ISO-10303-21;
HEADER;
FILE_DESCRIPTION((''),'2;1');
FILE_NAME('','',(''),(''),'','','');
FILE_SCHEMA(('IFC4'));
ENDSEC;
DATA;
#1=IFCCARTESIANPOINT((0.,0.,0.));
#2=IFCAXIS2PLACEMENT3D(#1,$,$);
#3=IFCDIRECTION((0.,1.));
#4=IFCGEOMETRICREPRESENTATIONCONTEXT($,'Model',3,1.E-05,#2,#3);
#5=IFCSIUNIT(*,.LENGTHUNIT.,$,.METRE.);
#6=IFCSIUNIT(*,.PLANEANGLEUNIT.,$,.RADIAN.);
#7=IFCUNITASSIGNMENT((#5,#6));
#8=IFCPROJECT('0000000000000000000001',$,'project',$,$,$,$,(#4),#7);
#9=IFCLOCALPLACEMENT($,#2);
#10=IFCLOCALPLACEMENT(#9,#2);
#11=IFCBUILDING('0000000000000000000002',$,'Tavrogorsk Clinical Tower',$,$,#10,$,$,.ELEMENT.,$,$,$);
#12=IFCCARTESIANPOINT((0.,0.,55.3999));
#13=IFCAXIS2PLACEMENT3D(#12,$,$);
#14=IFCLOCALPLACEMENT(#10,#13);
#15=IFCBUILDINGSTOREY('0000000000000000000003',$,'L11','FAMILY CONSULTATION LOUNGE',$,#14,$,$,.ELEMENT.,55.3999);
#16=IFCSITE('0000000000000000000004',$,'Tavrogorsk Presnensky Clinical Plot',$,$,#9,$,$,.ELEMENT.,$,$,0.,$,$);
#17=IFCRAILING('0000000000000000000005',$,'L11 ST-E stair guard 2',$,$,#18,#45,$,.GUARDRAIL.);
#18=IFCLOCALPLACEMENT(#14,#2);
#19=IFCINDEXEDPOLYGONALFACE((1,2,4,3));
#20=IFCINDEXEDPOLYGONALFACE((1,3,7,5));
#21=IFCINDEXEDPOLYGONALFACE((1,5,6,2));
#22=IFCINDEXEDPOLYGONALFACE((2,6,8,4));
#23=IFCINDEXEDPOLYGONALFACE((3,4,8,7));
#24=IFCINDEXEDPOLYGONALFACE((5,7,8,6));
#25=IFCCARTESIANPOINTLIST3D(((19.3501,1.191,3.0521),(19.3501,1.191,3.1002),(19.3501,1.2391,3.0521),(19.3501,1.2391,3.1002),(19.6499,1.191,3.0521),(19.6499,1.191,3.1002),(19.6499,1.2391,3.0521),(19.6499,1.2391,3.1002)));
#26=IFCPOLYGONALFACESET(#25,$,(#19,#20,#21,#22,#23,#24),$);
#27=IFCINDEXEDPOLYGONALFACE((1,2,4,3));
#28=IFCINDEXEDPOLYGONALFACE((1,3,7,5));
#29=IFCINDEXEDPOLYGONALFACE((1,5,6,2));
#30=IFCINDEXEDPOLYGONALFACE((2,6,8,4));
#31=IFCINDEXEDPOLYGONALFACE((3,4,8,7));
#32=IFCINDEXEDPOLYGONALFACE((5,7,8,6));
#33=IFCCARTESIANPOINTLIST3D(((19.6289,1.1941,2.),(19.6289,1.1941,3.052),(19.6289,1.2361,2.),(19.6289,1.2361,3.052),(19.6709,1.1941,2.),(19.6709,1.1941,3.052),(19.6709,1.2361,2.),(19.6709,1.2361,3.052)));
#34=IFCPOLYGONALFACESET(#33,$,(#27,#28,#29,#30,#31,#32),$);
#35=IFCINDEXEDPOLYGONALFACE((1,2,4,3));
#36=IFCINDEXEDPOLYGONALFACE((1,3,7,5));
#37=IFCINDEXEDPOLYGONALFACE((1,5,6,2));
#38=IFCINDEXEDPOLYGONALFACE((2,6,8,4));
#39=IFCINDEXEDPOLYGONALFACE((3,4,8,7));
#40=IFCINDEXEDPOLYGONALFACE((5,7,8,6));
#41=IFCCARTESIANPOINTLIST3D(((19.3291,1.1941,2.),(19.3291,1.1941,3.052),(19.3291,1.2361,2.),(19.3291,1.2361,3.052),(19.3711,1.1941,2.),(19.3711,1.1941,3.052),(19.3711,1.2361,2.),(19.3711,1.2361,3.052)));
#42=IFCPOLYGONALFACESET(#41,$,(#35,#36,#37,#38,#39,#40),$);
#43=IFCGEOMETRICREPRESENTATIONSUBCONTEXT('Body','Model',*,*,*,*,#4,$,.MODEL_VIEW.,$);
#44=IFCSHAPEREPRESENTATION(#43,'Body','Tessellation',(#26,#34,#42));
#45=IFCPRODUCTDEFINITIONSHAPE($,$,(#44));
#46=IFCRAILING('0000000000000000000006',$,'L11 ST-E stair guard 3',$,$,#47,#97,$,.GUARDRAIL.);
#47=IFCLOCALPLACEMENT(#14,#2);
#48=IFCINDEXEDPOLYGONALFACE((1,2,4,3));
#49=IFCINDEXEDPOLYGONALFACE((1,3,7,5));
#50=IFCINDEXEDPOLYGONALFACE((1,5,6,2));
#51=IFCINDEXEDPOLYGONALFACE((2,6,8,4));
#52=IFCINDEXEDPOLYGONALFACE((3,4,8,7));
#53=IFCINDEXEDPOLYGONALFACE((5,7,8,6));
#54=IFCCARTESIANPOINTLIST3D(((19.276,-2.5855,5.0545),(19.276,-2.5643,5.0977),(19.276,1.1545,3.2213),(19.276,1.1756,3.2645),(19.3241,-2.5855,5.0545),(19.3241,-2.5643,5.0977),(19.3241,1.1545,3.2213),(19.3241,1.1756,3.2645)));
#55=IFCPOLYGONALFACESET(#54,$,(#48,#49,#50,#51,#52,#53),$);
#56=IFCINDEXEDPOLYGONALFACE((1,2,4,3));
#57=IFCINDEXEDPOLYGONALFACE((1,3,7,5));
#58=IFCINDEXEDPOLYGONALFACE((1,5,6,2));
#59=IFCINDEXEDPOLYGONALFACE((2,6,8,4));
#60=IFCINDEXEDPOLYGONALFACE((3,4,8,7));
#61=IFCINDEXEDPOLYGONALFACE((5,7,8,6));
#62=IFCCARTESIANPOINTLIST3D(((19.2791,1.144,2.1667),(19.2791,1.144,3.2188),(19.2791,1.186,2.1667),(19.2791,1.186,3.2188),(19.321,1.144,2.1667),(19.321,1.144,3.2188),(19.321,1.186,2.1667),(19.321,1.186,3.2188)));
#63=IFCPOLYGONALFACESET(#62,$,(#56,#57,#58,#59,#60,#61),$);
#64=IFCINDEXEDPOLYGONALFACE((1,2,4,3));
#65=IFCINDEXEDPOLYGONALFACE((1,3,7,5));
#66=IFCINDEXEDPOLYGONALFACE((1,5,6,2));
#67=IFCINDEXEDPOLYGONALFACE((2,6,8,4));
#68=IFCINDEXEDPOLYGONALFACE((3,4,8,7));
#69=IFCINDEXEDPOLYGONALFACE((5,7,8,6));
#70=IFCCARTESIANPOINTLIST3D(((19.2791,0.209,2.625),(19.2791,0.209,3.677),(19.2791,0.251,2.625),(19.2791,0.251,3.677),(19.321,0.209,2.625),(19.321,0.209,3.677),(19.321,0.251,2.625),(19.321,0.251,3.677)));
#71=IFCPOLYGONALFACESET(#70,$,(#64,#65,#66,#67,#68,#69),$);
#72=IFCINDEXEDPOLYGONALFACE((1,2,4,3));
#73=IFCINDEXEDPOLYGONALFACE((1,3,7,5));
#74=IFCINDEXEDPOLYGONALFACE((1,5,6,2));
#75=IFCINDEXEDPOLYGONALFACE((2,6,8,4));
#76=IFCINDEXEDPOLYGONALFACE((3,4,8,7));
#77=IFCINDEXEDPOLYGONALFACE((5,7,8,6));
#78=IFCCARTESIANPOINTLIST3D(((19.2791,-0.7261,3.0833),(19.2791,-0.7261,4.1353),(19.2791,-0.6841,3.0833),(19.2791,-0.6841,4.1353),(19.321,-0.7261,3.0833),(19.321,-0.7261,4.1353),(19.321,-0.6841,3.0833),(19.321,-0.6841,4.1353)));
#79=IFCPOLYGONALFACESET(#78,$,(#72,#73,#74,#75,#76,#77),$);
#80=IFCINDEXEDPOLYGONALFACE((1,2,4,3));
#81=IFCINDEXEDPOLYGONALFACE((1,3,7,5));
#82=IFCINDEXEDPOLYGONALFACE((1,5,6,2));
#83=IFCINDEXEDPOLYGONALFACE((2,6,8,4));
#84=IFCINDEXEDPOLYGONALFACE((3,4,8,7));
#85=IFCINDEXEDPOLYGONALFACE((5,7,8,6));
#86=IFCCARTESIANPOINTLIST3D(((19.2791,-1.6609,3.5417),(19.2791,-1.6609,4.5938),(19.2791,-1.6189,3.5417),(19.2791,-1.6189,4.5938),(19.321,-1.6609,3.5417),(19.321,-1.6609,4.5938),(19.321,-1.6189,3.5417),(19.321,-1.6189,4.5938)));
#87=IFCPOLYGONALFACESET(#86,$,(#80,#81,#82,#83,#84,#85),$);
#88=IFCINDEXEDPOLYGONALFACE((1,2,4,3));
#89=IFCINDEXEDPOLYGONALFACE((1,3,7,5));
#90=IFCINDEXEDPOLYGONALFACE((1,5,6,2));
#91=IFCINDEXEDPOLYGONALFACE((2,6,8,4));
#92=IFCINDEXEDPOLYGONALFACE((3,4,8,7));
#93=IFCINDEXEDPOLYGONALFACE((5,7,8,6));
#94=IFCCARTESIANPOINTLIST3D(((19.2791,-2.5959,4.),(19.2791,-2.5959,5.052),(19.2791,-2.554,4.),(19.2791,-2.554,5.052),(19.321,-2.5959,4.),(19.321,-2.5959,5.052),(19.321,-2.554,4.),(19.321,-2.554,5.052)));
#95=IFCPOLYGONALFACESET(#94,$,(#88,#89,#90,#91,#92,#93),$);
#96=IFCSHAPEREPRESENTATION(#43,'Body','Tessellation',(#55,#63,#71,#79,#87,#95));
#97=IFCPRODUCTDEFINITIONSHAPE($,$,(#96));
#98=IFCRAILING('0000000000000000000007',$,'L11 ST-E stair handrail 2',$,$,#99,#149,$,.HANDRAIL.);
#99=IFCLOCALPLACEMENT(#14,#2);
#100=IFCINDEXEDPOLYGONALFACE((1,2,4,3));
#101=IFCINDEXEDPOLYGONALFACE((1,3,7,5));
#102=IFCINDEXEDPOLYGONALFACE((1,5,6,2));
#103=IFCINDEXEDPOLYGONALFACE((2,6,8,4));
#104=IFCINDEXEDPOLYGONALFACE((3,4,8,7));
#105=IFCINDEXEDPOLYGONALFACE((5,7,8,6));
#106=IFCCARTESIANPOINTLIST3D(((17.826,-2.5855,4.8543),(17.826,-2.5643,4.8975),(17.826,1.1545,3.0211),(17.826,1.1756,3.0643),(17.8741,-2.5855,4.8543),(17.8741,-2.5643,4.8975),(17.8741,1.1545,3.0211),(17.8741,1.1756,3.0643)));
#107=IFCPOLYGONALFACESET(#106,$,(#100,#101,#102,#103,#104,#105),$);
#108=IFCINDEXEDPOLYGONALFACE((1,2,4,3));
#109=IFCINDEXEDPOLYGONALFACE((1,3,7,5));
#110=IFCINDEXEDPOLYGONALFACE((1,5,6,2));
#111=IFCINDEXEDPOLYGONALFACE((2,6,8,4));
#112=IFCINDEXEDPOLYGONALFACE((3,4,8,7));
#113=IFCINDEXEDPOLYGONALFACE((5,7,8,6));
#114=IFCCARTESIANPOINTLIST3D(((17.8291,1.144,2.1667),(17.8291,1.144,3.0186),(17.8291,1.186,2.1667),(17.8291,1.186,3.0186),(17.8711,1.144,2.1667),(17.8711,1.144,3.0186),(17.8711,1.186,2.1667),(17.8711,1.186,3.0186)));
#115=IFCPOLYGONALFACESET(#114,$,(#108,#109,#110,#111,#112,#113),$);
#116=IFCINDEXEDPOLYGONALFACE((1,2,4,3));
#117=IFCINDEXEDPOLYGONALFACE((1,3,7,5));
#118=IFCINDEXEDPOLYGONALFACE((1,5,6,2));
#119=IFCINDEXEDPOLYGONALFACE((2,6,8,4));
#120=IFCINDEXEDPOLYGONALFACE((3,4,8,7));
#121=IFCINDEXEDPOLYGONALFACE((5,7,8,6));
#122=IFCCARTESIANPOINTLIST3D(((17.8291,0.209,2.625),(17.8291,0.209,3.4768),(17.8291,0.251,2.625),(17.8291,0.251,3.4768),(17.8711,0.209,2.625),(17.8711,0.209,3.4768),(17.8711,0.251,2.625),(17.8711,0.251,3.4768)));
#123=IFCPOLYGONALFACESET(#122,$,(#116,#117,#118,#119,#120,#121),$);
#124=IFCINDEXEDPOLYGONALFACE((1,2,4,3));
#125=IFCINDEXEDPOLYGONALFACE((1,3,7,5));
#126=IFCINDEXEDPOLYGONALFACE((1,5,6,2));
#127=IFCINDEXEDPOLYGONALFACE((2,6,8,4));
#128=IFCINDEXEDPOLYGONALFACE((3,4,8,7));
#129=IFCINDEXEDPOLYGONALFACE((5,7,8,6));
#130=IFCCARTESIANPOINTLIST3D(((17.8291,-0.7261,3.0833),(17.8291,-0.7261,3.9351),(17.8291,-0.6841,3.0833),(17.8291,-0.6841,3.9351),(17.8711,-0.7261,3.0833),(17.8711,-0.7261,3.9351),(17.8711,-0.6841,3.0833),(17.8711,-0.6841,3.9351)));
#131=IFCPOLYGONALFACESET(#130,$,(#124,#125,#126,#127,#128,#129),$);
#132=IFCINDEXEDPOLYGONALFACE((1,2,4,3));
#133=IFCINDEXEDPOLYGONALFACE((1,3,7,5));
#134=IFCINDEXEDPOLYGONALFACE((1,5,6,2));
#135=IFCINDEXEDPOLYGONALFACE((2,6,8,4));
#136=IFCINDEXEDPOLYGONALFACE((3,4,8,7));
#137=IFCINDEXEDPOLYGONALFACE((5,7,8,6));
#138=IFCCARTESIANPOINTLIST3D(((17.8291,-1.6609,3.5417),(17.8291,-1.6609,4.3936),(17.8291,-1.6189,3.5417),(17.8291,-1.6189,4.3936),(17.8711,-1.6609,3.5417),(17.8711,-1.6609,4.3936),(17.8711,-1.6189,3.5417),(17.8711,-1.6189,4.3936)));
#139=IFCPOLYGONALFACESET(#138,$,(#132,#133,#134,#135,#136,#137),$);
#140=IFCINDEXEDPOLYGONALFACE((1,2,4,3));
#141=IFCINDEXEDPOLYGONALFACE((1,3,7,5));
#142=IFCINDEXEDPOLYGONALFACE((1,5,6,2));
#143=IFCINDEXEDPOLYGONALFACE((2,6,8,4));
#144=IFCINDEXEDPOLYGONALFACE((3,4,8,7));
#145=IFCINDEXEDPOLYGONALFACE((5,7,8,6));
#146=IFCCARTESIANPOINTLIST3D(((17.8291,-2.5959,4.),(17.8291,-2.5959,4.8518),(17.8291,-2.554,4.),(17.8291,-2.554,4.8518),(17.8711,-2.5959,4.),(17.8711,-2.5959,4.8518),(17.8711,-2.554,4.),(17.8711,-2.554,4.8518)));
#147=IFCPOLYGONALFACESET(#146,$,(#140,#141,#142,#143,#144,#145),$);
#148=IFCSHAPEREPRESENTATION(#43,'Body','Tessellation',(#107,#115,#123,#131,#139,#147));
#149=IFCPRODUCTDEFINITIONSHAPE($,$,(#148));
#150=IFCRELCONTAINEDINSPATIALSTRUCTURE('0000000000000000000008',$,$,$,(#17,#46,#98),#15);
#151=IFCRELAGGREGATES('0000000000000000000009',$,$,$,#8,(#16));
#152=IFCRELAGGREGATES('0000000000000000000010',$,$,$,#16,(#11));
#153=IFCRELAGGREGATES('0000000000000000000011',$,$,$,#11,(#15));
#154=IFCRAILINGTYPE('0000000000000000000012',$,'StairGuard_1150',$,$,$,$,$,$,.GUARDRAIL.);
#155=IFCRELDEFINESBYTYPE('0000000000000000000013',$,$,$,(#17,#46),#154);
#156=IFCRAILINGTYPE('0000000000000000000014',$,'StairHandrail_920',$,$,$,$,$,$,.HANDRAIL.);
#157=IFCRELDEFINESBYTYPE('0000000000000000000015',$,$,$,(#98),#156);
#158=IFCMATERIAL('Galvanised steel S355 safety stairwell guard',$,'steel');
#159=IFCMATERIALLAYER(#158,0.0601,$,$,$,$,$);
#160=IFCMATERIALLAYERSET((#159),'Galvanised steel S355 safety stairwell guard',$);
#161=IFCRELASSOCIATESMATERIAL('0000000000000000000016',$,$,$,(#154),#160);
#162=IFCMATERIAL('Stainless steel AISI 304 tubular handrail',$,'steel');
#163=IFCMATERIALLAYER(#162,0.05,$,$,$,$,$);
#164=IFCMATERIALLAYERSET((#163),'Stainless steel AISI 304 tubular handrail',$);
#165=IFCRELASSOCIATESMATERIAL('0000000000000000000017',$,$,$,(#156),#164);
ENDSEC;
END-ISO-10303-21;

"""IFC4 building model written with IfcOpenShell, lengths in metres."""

from ifc_helpers import new_model, si_unit, direction, frame, origin, origin_2d, place, context, subcontext, project, spatial, rectangle, extrude, material, layer, layer_set, type_object, element, save


model = new_model("IFC4")

# Units and contexts
model_context = context("Model", 3, precision=1e-05, world=origin(), true_north=direction((0.0, 1.0)))
body_context = subcontext(model_context, "Body", "Model", "MODEL_VIEW")
ifc_project = project(units=[si_unit("LENGTHUNIT", "METRE"), si_unit("PLANEANGLEUNIT", "RADIAN")], contexts=[model_context])

# Site, building, storey
site_placement = place(None, origin())
site = spatial("IfcSite", under=ifc_project, at=site_placement, Name="Tavrogorsk Presnensky Clinical Plot", CompositionType="ELEMENT", RefElevation=0.0)
building_placement = place(site_placement, origin())
building = spatial("IfcBuilding", under=site, at=building_placement, Name="Tavrogorsk Clinical Tower", CompositionType="ELEMENT")
storey_placement = place(building_placement, frame((0.0, 0.0, 55.3999)))
storey = spatial("IfcBuildingStorey", under=building, at=storey_placement, Name="L11", Description="FAMILY CONSULTATION LOUNGE", CompositionType="ELEMENT", Elevation=55.3999)

# Railings
ifc_material_1 = material(Name="Galvanised steel S355 safety stairwell guard", Category="steel")
ifc_layer_1 = layer(ifc_material_1, 0.0601)
ifc_layer_set_1 = layer_set([ifc_layer_1], Name="Galvanised steel S355 safety stairwell guard")
railing_type_1 = type_object("IfcRailingType", Name="StairGuard_1150", PredefinedType="GUARDRAIL", material=ifc_layer_set_1)
railing_1_placement = place(storey_placement, frame((19.6499, 1.2151, 2.0)))
element("IfcRailing", 1, at=railing_1_placement, inside=storey, type_object=railing_type_1, Name="L11 ST-E stair guard 2", PredefinedType="GUARDRAIL", context=body_context, shape_type="SweptSolid", body=[
    extrude(rectangle(XDim=0.0481, YDim=0.0481, at=origin_2d()), frame((0.0, 0.0, 1.0762), z_axis=(-1.0, 0.0, 0.0), x_axis=(0.0, -1.0, 0.0)), (0.0, 0.0, 1.0), 0.2998),
    extrude(rectangle(XDim=0.042, YDim=0.042, at=origin_2d()), origin(), (0.0, 0.0, 1.0), 1.052),
    extrude(rectangle(XDim=0.042, YDim=0.042, at=origin_2d()), frame((-0.2998, 0.0, 0.0)), (0.0, 0.0, 1.0), 1.052),
])
railing_2_placement = place(storey_placement, frame((19.3, 1.165, 2.1667)))
element("IfcRailing", 2, at=railing_2_placement, inside=storey, type_object=railing_type_1, Name="L11 ST-E stair guard 3", PredefinedType="GUARDRAIL", context=body_context, shape_type="SweptSolid", body=[
    extrude(rectangle(XDim=0.0481, YDim=0.0481, at=origin_2d()), frame((0.0, 0.0, 1.0762), z_axis=(0.0, -0.897928, 0.440142), x_axis=(1.0, 0.0, 0.0)), (0.0, 0.0, 1.0), 4.165),
    extrude(rectangle(XDim=0.042, YDim=0.042, at=origin_2d()), origin(), (0.0, 0.0, 1.0), 1.052),
    extrude(rectangle(XDim=0.042, YDim=0.042, at=origin_2d()), frame((0.0, -0.9351, 0.4583)), (0.0, 0.0, 1.0), 1.052),
    extrude(rectangle(XDim=0.042, YDim=0.042, at=origin_2d()), frame((0.0, -1.8701, 0.9165)), (0.0, 0.0, 1.0), 1.052),
    extrude(rectangle(XDim=0.042, YDim=0.042, at=origin_2d()), frame((0.0, -2.8049, 1.375)), (0.0, 0.0, 1.0), 1.052),
    extrude(rectangle(XDim=0.042, YDim=0.042, at=origin_2d()), frame((0.0, -3.74, 1.8333)), (0.0, 0.0, 1.0), 1.052),
])
ifc_material_2 = material(Name="Stainless steel AISI 304 tubular handrail", Category="steel")
ifc_layer_2 = layer(ifc_material_2, 0.05)
ifc_layer_set_2 = layer_set([ifc_layer_2], Name="Stainless steel AISI 304 tubular handrail")
railing_type_2 = type_object("IfcRailingType", Name="StairHandrail_920", PredefinedType="HANDRAIL", material=ifc_layer_set_2)
railing_3_placement = place(storey_placement, frame((17.8501, 1.165, 2.1667)))
element("IfcRailing", 3, at=railing_3_placement, inside=storey, type_object=railing_type_2, Name="L11 ST-E stair handrail 2", PredefinedType="HANDRAIL", context=body_context, shape_type="SweptSolid", body=[
    extrude(rectangle(XDim=0.0481, YDim=0.0481, at=origin_2d()), frame((0.0, 0.0, 0.876), z_axis=(0.0, -0.897928, 0.440142), x_axis=(1.0, 0.0, 0.0)), (0.0, 0.0, 1.0), 4.165),
    extrude(rectangle(XDim=0.042, YDim=0.042, at=origin_2d()), origin(), (0.0, 0.0, 1.0), 0.8518),
    extrude(rectangle(XDim=0.042, YDim=0.042, at=origin_2d()), frame((0.0, -0.9351, 0.4583)), (0.0, 0.0, 1.0), 0.8518),
    extrude(rectangle(XDim=0.042, YDim=0.042, at=origin_2d()), frame((0.0, -1.8701, 0.9165)), (0.0, 0.0, 1.0), 0.8518),
    extrude(rectangle(XDim=0.042, YDim=0.042, at=origin_2d()), frame((0.0, -2.8049, 1.375)), (0.0, 0.0, 1.0), 0.8518),
    extrude(rectangle(XDim=0.042, YDim=0.042, at=origin_2d()), frame((0.0, -3.74, 1.8333)), (0.0, 0.0, 1.0), 0.8518),
])

save(model, "model.ifc")
